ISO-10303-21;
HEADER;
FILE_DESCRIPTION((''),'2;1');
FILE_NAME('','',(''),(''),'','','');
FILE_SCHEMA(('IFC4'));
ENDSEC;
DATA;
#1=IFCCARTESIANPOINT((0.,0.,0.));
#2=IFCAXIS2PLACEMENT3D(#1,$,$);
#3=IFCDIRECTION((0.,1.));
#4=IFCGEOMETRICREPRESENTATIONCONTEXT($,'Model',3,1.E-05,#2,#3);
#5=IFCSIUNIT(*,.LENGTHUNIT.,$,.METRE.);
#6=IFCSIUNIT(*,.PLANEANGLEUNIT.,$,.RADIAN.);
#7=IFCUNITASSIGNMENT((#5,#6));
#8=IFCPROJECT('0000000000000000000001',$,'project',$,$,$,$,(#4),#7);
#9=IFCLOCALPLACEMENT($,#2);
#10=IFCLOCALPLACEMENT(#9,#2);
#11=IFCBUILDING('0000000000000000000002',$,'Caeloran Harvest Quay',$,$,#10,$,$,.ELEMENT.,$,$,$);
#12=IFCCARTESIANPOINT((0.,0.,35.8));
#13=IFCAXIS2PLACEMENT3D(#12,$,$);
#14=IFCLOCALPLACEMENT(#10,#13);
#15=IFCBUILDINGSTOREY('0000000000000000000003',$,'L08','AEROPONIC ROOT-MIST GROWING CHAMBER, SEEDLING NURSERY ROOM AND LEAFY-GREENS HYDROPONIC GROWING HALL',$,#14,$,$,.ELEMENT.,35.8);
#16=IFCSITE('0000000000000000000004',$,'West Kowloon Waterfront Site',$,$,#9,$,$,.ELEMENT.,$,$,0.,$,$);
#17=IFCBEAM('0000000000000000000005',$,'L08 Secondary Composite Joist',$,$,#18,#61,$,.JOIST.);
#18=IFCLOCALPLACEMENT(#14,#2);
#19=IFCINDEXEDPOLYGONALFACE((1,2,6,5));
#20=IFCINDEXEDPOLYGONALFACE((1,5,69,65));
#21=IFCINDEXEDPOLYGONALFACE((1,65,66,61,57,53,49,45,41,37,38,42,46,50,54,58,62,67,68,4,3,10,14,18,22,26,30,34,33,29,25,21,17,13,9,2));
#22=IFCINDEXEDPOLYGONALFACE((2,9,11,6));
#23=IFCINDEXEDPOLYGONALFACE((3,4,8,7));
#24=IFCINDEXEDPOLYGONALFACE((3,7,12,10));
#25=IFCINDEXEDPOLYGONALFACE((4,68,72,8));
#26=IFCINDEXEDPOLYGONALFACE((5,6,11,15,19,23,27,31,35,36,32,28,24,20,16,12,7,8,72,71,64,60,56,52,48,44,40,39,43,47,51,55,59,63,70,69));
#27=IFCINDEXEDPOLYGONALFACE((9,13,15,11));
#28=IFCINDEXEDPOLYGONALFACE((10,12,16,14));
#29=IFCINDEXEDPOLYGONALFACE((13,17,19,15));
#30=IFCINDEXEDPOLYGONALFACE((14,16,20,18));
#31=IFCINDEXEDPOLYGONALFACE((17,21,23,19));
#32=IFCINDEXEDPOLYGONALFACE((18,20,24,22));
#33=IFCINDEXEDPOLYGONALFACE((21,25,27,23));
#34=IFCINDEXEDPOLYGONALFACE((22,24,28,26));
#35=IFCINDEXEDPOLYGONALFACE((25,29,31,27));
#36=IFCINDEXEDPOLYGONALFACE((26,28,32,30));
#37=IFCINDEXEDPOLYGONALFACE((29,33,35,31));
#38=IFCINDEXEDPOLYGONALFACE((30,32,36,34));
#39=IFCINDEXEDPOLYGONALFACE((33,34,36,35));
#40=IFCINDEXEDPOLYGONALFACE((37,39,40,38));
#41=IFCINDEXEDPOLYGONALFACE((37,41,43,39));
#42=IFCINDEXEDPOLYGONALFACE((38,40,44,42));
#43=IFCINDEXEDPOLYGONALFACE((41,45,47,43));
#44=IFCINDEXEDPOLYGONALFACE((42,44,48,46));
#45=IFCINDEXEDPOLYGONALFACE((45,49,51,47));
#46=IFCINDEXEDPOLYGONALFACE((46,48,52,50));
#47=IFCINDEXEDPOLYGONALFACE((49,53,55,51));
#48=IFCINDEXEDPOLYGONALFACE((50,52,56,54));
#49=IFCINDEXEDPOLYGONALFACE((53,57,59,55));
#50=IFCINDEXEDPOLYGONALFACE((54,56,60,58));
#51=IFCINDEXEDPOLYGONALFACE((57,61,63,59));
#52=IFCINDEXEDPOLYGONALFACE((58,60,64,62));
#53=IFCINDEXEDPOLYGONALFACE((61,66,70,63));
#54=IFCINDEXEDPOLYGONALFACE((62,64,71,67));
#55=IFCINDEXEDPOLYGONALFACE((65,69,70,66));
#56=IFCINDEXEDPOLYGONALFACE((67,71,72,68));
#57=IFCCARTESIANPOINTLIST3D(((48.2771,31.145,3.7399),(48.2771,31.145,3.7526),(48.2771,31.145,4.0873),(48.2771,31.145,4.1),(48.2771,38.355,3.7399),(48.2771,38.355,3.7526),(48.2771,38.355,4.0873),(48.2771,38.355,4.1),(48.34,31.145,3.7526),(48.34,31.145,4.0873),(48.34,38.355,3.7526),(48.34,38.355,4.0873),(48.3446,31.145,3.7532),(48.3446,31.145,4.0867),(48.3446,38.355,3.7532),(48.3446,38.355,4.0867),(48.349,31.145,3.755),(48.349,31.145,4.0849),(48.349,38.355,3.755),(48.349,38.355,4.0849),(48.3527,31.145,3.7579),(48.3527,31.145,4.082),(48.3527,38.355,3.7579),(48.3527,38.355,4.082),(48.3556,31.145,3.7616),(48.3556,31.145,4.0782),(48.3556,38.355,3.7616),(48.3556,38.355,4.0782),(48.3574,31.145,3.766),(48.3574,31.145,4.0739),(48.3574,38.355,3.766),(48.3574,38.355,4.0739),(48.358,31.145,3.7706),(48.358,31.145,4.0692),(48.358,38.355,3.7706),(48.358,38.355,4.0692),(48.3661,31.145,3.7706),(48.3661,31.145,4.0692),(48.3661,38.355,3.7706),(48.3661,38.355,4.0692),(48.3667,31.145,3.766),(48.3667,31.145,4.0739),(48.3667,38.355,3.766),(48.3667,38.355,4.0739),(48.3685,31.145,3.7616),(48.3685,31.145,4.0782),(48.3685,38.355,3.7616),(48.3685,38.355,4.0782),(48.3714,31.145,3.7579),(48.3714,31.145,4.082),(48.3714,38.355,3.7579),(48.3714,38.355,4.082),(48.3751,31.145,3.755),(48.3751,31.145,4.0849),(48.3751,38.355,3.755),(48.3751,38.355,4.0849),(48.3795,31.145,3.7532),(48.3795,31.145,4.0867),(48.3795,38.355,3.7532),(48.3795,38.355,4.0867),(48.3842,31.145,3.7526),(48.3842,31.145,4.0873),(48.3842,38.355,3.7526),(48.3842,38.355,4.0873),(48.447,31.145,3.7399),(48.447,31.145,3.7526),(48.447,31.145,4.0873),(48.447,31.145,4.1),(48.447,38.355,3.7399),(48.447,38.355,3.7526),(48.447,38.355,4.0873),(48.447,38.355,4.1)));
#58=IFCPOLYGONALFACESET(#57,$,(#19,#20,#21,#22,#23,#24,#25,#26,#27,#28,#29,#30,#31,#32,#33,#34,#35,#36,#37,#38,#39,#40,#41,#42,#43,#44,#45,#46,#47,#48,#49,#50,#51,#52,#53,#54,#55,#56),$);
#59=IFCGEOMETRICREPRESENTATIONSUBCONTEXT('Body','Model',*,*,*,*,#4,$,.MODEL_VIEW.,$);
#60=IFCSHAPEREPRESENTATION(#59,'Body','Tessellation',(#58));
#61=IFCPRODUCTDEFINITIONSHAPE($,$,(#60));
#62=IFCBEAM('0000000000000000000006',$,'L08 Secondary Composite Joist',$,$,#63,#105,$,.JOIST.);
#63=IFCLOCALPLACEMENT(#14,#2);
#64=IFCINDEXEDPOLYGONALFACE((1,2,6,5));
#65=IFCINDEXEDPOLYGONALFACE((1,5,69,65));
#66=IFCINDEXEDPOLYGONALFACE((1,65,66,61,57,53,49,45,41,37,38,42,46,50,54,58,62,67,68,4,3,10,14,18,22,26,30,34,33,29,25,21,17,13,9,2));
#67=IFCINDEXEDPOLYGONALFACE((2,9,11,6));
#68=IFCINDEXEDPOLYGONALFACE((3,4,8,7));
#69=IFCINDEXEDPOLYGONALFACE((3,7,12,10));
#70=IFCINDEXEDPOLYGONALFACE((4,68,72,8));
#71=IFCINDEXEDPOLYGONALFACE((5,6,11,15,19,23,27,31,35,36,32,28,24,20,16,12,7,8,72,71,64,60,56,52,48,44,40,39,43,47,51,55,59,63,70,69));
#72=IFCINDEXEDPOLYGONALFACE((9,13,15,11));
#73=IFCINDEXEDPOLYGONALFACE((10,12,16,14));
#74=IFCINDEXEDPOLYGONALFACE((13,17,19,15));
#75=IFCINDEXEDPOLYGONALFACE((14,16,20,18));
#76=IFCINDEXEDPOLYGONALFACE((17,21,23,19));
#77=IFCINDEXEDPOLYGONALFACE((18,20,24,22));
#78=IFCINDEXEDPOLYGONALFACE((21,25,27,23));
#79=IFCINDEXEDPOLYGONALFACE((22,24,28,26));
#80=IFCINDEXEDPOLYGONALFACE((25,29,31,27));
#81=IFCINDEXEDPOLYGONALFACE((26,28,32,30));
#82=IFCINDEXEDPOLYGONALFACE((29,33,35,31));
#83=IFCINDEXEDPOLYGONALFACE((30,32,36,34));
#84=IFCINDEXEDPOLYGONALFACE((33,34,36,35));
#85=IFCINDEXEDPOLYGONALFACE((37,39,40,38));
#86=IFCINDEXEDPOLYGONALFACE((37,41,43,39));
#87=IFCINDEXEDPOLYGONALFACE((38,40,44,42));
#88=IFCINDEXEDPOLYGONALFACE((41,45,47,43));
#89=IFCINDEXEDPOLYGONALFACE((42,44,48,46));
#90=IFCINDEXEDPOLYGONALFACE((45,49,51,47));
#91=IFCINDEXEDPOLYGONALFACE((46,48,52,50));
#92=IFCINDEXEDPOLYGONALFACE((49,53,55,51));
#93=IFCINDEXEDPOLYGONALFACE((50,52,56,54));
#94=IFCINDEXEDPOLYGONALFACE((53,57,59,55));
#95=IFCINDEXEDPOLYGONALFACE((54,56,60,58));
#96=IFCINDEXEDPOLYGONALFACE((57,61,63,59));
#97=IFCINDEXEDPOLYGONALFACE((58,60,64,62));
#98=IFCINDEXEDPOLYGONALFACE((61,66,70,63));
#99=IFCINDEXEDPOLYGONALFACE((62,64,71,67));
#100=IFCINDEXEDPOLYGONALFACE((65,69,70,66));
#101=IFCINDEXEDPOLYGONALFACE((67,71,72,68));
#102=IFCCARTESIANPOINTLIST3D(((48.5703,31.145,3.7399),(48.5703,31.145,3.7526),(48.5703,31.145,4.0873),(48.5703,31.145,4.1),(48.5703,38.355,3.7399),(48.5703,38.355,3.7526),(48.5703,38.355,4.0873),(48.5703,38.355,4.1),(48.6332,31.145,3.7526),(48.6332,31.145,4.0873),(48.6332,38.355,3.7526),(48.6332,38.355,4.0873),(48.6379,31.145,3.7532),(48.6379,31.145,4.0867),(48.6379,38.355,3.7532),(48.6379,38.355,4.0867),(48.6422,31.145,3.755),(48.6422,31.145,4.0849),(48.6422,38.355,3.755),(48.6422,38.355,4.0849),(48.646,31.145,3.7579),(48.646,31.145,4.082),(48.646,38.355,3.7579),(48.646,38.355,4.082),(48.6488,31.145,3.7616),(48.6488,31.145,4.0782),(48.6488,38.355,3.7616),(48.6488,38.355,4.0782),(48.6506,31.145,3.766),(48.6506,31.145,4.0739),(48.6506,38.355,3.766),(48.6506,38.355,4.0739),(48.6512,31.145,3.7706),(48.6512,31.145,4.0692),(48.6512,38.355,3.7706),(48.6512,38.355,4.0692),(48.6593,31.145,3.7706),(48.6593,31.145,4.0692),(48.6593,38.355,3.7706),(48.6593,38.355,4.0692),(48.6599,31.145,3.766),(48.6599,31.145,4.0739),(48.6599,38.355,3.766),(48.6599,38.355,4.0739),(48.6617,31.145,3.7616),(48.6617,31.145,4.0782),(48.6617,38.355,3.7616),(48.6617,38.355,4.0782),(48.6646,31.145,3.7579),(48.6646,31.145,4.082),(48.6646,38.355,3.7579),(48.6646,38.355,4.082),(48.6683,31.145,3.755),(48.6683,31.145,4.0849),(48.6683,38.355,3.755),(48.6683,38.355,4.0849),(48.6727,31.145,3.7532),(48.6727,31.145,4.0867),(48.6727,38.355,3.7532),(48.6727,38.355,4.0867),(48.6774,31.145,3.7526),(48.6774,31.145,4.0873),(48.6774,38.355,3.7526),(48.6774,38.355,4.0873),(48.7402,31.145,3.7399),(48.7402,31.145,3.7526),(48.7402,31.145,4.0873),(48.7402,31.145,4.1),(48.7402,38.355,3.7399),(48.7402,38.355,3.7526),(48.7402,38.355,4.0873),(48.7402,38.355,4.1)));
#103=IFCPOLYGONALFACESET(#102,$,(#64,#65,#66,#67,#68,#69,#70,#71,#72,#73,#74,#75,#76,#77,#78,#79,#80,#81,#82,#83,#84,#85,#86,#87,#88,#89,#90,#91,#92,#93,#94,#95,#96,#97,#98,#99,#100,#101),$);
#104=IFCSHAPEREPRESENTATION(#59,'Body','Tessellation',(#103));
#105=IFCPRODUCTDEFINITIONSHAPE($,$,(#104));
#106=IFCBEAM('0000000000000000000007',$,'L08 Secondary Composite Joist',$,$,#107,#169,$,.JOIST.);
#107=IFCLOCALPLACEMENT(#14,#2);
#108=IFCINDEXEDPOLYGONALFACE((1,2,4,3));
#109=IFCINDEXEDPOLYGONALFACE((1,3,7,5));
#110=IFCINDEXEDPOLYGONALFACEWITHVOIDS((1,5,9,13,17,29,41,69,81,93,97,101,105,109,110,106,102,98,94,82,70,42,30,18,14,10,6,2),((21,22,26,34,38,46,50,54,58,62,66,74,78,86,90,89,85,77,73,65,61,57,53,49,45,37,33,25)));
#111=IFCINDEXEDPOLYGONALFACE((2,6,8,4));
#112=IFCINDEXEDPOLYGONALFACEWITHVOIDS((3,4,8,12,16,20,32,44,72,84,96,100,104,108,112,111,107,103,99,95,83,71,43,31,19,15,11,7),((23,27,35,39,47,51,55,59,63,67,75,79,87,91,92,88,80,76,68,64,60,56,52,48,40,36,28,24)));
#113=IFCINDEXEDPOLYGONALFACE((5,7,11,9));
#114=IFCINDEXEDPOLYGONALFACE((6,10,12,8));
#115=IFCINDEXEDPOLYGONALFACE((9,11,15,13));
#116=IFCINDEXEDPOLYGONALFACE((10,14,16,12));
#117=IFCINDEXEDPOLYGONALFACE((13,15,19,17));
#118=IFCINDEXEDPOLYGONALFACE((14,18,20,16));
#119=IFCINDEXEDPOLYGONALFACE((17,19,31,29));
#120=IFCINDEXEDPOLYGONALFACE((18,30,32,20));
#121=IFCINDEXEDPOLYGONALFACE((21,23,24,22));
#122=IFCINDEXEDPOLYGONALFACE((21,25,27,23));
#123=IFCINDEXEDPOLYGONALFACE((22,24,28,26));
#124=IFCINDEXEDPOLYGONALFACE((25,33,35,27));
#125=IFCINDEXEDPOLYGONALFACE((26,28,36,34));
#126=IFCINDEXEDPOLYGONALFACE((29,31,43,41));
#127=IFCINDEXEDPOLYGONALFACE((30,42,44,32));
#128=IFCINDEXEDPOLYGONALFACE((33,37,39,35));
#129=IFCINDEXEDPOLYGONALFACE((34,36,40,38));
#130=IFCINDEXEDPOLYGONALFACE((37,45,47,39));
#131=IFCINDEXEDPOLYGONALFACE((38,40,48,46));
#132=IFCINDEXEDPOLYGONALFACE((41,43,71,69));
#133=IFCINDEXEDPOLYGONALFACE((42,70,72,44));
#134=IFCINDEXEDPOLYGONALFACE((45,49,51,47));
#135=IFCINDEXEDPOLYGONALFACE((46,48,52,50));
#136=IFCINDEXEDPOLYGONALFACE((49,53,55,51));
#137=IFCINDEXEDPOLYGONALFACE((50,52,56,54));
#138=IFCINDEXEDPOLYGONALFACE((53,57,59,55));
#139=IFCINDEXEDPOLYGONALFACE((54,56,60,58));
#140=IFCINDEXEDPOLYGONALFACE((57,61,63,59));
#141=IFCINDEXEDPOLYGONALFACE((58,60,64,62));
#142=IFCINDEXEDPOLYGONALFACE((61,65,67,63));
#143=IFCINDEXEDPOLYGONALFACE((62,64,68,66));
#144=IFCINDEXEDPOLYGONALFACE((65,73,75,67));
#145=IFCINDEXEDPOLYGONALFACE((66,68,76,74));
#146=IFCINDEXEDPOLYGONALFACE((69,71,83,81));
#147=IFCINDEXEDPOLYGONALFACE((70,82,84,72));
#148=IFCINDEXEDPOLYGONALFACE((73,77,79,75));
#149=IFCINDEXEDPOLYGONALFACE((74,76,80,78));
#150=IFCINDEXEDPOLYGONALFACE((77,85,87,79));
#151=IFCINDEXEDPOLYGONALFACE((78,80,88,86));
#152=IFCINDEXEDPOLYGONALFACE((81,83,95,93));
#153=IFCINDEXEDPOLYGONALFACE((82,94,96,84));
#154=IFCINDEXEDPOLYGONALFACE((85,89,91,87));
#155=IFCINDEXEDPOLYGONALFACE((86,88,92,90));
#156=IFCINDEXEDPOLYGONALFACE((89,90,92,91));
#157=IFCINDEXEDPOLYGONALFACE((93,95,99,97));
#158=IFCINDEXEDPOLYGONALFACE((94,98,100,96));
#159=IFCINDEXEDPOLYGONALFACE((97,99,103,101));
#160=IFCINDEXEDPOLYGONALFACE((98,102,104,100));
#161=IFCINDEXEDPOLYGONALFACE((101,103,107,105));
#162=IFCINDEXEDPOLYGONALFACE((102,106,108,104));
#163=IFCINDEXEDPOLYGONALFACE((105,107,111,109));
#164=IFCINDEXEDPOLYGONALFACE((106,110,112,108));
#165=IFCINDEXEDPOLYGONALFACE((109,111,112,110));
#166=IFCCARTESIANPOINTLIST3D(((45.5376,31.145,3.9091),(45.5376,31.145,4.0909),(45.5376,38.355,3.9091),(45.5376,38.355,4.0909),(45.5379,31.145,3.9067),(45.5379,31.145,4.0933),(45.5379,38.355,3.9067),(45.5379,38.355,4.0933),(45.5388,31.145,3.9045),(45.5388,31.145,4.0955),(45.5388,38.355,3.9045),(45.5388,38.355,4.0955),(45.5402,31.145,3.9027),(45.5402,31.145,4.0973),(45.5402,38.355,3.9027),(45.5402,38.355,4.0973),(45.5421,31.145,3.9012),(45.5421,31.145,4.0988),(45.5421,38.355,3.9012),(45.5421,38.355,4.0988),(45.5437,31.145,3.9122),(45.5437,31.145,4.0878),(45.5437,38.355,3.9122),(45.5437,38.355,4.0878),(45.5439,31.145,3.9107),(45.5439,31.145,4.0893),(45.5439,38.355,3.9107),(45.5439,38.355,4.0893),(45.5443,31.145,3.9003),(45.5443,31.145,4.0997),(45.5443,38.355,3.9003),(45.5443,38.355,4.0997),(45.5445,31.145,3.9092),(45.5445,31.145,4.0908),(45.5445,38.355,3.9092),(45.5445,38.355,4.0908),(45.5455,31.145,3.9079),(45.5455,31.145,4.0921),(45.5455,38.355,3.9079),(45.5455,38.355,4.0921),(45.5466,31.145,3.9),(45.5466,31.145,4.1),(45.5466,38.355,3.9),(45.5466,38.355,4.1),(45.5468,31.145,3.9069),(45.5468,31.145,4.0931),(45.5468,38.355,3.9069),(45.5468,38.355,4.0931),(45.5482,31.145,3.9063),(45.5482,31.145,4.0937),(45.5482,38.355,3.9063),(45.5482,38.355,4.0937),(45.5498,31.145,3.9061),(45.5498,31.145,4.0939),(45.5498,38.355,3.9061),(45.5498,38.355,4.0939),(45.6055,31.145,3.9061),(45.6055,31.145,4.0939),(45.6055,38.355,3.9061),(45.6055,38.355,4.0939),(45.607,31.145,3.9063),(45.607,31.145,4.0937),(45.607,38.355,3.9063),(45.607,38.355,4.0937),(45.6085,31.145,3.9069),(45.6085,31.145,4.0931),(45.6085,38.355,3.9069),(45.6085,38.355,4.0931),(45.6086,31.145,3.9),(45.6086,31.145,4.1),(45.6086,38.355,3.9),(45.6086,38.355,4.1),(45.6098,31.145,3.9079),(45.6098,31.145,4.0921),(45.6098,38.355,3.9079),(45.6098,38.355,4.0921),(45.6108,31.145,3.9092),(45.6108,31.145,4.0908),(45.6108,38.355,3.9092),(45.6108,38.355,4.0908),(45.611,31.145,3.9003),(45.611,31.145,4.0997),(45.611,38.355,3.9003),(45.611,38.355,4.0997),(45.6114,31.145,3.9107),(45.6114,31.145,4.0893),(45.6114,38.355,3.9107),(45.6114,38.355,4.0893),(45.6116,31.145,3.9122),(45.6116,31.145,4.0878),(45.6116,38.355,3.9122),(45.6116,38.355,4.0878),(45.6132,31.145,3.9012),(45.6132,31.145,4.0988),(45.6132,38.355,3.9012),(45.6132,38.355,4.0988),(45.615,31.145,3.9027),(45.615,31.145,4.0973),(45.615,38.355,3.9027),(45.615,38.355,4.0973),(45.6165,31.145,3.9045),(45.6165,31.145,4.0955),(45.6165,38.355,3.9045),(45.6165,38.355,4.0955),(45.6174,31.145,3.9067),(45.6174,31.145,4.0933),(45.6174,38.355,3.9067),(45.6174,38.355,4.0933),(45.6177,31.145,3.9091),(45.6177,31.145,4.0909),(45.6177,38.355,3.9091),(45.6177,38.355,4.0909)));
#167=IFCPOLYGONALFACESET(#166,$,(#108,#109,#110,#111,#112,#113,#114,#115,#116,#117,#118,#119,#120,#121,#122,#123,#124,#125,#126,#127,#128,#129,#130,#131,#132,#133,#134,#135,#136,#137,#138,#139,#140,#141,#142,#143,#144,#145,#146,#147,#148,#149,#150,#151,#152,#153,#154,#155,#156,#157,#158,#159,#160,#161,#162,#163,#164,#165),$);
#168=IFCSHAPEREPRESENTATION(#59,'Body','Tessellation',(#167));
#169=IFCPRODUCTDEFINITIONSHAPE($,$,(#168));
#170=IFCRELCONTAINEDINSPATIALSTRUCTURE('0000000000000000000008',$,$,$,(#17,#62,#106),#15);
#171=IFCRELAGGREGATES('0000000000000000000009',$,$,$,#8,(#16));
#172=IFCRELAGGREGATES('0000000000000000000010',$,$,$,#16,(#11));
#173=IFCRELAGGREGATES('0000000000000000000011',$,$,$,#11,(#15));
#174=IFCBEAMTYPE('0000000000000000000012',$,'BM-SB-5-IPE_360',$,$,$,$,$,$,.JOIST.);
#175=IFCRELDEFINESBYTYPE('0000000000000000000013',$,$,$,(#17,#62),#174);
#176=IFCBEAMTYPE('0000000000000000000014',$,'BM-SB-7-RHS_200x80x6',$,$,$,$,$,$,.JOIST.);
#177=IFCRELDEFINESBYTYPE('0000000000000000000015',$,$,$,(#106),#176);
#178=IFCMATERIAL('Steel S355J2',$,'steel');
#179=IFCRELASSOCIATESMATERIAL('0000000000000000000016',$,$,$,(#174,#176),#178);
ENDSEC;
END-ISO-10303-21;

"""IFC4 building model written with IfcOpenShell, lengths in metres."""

from ifc_helpers import new_model, si_unit, direction, frame, origin, origin_2d, place, context, subcontext, project, spatial, hollow_rectangle, i_section, extrude, material, material_profile, profile_set, type_object, element, save


model = new_model("IFC4")

# Units and contexts
model_context = context("Model", 3, precision=1e-05, world=origin(), true_north=direction((0.0, 1.0)))
body_context = subcontext(model_context, "Body", "Model", "MODEL_VIEW")
ifc_project = project(units=[si_unit("LENGTHUNIT", "METRE"), si_unit("PLANEANGLEUNIT", "RADIAN")], contexts=[model_context])

# Site, building, storey
site_placement = place(None, origin())
site = spatial("IfcSite", under=ifc_project, at=site_placement, Name="West Kowloon Waterfront Site", CompositionType="ELEMENT", RefElevation=0.0)
building_placement = place(site_placement, origin())
building = spatial("IfcBuilding", under=site, at=building_placement, Name="Caeloran Harvest Quay", CompositionType="ELEMENT")
storey_placement = place(building_placement, frame((0.0, 0.0, 35.8)))
storey = spatial("IfcBuildingStorey", under=building, at=storey_placement, Name="L08", Description="AEROPONIC ROOT-MIST GROWING CHAMBER, SEEDLING NURSERY ROOM AND LEAFY-GREENS HYDROPONIC GROWING HALL", CompositionType="ELEMENT", Elevation=35.8)

# Beams
ifc_material_1 = material(Name="Steel S355J2", Category="steel")
ifc_material_profile_1 = material_profile(ifc_material_1, i_section(OverallWidth=0.1699, OverallDepth=0.3601, WebThickness=0.0081, FlangeThickness=0.0127, FilletRadius=0.0181, at=origin_2d()), Name="IPE 360")
ifc_profile_set_1 = profile_set([ifc_material_profile_1], Name="Steel S355J2")
beam_type_1 = type_object("IfcBeamType", Name="BM-SB-5-IPE_360", PredefinedType="JOIST", material=ifc_profile_set_1)
for number, where, z_axis, x_axis, name in (
    (1, (48.3621, 31.145, 3.9199), (0.0, 1.0, 0.0), (-1.0, 0.0, 0.0), "L08 Secondary Composite Joist"),
    (2, (48.6553, 31.145, 3.9199), (0.0, 1.0, 0.0), (-1.0, 0.0, 0.0), "L08 Secondary Composite Joist"),
):
    element("IfcBeam", number, at=place(storey_placement, frame(where, z_axis=z_axis, x_axis=x_axis)), inside=storey, type_object=beam_type_1, Name=name, PredefinedType="JOIST", context=body_context, shape_type="SweptSolid", body=[
        extrude(i_section(OverallWidth=0.1699, OverallDepth=0.3601, WebThickness=0.0081, FlangeThickness=0.0127, FilletRadius=0.0181, at=origin_2d()), origin(), (0.0, 0.0, 1.0), 7.21),
    ])
ifc_material_profile_2 = material_profile(ifc_material_1, hollow_rectangle(XDim=0.0801, YDim=0.2, WallThickness=0.0061, InnerFilletRadius=0.0061, OuterFilletRadius=0.009, at=origin_2d()), Name="RHS 200x80x6")
ifc_profile_set_2 = profile_set([ifc_material_profile_2], Name="Steel S355J2")
beam_type_2 = type_object("IfcBeamType", Name="BM-SB-7-RHS_200x80x6", PredefinedType="JOIST", material=ifc_profile_set_2)
for number, where, z_axis, x_axis, name in (
    (3, (45.5776, 31.145, 4.0), (0.0, 1.0, 0.0), (-1.0, 0.0, 0.0), "L08 Secondary Composite Joist"),
):
    element("IfcBeam", number, at=place(storey_placement, frame(where, z_axis=z_axis, x_axis=x_axis)), inside=storey, type_object=beam_type_2, Name=name, PredefinedType="JOIST", context=body_context, shape_type="SweptSolid", body=[
        extrude(hollow_rectangle(XDim=0.0801, YDim=0.2, WallThickness=0.0061, InnerFilletRadius=0.0061, OuterFilletRadius=0.009, at=origin_2d()), origin(), (0.0, 0.0, 1.0), 7.21),
    ])

save(model, "model.ifc")
